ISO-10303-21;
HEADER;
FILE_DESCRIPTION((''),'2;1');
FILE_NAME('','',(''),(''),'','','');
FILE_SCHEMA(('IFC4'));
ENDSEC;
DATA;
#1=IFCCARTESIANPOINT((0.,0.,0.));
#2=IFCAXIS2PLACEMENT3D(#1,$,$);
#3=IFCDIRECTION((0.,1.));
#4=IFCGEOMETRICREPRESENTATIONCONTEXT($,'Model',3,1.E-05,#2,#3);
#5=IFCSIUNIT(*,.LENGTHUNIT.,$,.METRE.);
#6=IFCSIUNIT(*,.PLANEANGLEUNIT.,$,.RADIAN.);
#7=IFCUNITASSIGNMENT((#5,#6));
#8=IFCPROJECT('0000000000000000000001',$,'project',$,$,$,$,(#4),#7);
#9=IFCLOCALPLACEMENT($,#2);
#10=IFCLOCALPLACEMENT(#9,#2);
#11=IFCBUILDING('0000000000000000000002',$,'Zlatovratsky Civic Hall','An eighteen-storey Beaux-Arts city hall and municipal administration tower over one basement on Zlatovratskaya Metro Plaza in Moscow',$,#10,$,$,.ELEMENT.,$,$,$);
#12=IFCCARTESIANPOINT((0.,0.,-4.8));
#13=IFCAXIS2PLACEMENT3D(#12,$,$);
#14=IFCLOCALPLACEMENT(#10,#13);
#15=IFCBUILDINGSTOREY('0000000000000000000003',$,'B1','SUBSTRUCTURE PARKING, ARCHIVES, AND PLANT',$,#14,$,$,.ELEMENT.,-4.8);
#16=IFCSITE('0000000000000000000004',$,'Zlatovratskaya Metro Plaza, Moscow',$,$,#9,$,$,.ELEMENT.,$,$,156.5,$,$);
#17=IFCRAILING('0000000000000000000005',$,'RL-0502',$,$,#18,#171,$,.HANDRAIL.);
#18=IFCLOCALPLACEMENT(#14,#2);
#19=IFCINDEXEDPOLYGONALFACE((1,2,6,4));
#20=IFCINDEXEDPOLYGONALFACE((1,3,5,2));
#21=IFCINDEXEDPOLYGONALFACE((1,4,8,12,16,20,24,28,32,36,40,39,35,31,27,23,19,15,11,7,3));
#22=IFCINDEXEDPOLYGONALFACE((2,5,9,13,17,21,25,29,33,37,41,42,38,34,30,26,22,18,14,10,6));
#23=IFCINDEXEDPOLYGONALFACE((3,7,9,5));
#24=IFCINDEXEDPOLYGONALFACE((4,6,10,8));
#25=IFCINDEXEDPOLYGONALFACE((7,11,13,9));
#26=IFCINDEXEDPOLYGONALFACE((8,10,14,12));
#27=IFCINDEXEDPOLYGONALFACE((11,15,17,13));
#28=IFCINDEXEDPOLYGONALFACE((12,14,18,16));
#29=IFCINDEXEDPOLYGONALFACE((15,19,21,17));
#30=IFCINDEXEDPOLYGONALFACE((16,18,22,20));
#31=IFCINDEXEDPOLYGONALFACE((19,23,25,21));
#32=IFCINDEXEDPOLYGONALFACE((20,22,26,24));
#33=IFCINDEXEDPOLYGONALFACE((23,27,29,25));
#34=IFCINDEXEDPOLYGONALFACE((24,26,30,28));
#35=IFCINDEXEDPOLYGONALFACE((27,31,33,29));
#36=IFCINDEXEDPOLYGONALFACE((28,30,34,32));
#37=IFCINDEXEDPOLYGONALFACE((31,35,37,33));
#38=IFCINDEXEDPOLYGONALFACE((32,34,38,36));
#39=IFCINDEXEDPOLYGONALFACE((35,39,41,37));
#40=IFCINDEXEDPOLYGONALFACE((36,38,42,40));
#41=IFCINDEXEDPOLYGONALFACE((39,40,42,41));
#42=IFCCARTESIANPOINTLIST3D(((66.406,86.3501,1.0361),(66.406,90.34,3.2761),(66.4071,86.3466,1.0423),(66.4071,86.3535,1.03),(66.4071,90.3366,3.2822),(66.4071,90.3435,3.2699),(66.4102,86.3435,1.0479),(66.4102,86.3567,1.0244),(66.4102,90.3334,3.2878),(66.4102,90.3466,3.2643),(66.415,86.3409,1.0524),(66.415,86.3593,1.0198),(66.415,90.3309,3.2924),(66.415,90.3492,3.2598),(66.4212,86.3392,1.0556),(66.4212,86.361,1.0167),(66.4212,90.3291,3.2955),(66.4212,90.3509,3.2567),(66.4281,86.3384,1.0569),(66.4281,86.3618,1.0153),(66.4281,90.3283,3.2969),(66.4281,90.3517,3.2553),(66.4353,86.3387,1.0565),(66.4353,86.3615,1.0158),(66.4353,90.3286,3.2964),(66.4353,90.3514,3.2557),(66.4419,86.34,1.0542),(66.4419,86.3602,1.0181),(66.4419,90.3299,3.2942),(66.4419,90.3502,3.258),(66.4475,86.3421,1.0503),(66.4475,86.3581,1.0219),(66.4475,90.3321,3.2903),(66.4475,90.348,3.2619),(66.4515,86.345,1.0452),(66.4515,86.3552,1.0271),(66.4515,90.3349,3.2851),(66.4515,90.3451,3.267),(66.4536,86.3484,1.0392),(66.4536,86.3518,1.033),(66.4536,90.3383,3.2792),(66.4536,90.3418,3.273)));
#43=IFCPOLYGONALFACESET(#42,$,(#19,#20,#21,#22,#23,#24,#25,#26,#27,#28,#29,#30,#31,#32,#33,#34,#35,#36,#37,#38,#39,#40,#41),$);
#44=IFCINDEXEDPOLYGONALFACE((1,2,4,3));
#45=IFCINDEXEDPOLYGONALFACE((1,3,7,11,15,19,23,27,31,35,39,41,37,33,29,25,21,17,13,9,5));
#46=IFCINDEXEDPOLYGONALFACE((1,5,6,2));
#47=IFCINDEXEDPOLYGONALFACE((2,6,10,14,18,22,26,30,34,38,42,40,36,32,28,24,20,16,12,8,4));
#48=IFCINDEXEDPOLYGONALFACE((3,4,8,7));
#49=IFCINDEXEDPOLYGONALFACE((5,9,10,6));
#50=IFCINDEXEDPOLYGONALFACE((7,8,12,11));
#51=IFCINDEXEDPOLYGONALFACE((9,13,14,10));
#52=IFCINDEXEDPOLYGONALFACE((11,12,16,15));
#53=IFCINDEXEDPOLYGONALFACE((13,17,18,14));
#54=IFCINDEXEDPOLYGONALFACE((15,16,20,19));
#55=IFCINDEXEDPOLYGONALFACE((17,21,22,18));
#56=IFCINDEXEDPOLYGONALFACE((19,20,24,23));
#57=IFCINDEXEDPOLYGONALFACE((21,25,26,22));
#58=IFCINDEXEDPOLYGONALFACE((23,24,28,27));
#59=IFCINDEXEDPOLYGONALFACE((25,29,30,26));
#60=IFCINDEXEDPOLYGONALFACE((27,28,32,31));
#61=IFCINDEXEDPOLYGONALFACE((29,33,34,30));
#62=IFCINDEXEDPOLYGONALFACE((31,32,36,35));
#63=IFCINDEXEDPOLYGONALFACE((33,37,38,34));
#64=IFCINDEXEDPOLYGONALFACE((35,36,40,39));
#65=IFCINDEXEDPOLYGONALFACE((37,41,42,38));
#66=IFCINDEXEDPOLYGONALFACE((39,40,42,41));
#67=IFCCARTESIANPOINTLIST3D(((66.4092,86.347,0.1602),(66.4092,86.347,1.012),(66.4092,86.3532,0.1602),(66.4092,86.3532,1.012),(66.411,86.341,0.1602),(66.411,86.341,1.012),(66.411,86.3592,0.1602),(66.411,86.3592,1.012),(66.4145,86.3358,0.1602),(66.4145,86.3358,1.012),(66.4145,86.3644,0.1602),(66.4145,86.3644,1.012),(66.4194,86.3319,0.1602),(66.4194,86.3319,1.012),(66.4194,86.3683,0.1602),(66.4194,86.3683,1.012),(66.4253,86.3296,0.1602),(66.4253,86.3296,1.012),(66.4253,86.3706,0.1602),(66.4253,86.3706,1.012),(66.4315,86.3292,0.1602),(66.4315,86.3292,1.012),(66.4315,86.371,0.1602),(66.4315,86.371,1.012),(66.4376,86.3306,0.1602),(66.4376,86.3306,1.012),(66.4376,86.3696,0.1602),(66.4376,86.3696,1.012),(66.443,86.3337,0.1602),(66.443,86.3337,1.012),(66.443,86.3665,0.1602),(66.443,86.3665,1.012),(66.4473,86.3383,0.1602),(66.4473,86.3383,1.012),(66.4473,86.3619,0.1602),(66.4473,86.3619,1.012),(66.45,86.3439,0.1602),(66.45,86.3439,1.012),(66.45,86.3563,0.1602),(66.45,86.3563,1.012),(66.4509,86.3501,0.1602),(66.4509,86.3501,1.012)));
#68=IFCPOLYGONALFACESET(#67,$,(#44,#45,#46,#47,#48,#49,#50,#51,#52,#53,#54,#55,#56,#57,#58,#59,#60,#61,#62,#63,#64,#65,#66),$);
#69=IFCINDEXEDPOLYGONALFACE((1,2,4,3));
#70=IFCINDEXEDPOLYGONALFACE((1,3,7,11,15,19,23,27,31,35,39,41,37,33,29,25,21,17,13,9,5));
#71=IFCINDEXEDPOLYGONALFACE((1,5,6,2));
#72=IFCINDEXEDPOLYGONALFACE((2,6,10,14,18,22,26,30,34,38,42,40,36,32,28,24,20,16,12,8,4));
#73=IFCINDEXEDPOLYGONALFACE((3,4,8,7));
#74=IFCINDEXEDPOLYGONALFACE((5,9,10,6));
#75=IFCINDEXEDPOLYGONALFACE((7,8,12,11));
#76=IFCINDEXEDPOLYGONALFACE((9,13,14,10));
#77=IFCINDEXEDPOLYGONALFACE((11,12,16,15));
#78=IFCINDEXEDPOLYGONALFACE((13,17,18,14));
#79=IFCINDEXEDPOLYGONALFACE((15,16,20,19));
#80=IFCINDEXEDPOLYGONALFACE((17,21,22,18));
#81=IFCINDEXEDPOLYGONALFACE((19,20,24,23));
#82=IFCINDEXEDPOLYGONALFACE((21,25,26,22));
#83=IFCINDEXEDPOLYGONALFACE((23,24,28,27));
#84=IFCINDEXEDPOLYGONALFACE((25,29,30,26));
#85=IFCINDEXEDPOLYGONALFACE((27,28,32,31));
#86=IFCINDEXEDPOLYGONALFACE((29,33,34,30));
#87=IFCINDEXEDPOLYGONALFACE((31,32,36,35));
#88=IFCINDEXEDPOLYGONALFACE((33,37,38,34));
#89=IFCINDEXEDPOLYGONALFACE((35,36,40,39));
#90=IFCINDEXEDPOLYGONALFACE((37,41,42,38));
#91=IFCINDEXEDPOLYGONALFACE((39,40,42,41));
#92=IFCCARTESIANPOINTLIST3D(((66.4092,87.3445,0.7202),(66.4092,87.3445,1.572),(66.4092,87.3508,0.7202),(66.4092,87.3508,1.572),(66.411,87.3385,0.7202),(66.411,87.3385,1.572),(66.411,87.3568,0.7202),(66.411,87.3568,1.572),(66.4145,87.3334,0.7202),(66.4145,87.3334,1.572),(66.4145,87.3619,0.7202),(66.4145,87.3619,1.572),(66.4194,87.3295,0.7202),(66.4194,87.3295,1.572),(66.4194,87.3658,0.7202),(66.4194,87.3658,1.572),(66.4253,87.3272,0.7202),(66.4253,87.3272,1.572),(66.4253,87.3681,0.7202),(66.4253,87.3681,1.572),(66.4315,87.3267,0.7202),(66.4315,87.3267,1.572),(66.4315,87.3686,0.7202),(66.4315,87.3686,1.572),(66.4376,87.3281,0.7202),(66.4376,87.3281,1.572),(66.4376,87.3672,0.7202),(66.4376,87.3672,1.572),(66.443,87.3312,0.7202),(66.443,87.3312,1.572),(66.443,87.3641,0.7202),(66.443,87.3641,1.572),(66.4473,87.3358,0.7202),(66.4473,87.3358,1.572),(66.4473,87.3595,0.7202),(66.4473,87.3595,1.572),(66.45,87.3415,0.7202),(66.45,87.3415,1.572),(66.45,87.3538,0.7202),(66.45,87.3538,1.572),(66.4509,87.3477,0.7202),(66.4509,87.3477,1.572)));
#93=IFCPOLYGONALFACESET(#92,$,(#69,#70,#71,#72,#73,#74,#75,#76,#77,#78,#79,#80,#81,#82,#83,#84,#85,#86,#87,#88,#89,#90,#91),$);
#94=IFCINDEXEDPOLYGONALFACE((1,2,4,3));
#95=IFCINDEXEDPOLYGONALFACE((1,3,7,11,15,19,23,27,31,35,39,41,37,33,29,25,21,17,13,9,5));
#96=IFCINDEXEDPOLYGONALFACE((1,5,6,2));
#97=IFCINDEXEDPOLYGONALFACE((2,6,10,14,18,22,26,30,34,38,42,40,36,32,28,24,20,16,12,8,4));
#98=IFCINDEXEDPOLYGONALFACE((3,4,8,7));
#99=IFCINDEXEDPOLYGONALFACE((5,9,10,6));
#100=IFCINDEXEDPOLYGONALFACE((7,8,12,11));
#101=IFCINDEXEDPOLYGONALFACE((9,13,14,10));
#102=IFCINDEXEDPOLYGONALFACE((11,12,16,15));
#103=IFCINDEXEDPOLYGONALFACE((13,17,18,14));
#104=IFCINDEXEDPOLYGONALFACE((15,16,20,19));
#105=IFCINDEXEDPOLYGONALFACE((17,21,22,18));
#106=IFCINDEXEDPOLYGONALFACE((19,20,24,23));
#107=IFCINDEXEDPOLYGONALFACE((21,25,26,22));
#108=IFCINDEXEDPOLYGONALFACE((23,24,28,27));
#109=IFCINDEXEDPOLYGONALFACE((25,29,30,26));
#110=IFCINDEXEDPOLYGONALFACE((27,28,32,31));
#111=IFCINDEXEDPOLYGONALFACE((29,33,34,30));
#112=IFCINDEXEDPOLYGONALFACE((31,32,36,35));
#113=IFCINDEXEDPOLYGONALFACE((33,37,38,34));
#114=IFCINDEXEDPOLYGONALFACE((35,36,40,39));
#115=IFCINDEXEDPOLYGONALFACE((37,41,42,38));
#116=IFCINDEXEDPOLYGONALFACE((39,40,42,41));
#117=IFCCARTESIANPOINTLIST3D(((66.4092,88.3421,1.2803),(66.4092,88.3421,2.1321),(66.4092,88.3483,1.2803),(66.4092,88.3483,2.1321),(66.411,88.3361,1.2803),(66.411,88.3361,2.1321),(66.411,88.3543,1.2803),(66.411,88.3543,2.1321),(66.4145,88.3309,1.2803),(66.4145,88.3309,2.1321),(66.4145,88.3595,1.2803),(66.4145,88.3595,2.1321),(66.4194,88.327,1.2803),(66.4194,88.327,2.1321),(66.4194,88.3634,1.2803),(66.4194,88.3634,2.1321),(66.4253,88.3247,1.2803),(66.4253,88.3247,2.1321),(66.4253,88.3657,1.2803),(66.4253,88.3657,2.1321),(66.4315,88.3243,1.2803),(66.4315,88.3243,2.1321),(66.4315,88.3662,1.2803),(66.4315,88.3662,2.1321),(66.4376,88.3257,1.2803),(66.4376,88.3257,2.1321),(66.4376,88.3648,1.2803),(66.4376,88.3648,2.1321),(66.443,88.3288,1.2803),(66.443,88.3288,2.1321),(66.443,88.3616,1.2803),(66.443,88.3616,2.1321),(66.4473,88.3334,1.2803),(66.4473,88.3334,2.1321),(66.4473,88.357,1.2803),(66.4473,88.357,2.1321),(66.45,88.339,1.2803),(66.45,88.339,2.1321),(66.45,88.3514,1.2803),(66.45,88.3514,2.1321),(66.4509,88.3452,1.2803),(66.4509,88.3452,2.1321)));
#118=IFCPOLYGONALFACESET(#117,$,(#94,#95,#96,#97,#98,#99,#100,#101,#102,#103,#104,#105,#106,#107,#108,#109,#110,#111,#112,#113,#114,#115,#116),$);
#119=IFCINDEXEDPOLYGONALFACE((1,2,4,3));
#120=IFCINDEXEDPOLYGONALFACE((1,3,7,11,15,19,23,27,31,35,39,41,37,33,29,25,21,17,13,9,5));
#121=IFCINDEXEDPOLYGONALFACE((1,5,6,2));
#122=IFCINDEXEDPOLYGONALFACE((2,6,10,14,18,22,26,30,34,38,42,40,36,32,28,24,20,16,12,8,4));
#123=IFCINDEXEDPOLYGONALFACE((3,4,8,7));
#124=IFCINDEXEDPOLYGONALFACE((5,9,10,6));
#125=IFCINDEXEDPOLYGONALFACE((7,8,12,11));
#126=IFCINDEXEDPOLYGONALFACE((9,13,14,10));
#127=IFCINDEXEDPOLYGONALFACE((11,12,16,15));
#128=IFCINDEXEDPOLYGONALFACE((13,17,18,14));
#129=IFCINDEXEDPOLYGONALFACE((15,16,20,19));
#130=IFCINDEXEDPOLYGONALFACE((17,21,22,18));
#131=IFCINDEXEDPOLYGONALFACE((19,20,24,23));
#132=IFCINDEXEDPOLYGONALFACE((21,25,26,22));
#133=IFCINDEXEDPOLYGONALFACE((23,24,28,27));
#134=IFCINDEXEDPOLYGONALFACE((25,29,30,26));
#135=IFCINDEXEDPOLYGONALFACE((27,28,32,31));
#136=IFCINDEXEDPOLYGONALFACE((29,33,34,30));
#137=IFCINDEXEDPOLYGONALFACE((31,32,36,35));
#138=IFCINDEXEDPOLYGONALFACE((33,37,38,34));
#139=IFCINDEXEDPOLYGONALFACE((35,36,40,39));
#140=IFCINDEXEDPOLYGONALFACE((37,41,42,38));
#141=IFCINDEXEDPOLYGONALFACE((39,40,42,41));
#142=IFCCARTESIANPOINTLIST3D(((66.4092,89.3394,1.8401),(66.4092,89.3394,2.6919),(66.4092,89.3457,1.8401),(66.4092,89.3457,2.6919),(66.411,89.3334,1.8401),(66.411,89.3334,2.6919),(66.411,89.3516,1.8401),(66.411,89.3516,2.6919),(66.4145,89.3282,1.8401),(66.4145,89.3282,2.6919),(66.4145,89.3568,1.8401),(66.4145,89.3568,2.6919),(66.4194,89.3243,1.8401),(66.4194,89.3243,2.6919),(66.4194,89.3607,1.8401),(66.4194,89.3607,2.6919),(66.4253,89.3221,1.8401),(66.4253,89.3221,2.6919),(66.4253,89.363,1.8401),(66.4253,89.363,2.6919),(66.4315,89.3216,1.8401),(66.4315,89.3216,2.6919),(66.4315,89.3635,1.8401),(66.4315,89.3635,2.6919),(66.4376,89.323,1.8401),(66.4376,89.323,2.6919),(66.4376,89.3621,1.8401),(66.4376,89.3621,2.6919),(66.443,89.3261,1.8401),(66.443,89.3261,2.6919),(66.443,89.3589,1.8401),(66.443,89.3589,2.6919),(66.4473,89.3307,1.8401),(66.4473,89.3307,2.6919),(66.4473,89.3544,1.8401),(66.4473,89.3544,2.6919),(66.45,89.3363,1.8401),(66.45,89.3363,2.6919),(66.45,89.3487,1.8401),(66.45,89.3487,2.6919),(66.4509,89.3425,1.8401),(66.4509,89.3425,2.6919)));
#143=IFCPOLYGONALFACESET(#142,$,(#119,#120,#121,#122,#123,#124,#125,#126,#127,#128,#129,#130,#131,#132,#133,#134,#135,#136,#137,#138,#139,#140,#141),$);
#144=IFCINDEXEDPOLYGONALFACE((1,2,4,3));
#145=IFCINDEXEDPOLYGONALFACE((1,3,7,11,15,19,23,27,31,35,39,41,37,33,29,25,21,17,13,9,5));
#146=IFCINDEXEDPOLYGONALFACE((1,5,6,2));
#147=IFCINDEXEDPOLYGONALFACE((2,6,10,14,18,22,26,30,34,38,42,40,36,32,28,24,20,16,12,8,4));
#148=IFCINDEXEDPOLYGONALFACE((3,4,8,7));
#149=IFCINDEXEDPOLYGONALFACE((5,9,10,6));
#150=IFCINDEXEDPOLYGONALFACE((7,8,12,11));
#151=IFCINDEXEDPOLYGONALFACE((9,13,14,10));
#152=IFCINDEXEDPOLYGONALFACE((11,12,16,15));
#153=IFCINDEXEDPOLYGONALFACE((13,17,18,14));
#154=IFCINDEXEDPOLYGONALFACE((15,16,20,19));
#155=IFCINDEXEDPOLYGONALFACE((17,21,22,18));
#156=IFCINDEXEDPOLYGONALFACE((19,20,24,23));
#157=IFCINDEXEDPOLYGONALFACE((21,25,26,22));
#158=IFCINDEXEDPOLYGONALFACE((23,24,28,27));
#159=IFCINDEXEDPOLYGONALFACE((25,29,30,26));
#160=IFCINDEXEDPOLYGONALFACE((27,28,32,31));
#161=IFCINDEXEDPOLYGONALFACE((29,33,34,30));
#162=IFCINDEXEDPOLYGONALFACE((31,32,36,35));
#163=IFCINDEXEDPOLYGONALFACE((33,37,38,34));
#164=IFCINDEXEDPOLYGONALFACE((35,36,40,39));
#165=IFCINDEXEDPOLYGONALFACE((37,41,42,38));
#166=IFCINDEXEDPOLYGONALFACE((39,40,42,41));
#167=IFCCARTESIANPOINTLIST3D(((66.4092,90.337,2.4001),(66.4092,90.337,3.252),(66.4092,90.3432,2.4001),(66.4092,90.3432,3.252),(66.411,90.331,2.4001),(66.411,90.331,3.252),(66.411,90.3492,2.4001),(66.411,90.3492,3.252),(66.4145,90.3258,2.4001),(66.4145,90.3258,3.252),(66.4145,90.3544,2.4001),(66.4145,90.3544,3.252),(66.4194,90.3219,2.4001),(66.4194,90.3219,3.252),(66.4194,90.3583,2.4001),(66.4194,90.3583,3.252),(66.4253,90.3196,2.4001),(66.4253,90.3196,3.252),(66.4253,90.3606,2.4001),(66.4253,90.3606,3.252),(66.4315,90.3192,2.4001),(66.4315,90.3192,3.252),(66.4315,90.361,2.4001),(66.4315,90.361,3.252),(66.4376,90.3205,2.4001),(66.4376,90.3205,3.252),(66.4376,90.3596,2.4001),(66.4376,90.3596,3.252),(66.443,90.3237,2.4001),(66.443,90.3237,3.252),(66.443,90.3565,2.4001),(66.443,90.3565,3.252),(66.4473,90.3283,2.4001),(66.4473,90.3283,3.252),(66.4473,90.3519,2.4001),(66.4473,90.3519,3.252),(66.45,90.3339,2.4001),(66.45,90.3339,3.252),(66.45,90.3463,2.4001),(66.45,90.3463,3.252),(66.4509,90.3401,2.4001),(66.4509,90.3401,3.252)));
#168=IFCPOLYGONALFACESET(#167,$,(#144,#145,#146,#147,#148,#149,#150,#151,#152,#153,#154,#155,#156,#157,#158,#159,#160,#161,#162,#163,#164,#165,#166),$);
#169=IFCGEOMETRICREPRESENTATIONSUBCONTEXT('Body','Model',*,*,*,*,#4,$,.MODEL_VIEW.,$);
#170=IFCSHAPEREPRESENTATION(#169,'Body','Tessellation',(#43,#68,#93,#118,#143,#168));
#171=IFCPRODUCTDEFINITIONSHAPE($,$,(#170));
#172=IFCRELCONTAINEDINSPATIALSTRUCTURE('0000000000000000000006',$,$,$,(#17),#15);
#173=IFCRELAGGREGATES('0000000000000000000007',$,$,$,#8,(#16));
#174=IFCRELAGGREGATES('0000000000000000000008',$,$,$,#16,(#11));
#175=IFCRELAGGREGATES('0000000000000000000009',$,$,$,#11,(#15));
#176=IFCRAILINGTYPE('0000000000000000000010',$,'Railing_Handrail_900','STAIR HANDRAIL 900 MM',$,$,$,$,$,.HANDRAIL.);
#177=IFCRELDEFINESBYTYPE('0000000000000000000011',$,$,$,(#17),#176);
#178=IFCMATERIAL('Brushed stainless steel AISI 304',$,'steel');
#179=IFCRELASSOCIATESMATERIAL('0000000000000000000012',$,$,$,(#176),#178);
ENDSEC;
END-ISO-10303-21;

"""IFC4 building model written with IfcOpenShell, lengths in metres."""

from ifc_helpers import new_model, si_unit, direction, frame, origin, origin_2d, place, context, subcontext, project, spatial, circle, extrude, material, type_object, element, save


model = new_model("IFC4")

# Units and contexts
model_context = context("Model", 3, precision=1e-05, world=origin(), true_north=direction((0.0, 1.0)))
body_context = subcontext(model_context, "Body", "Model", "MODEL_VIEW")
ifc_project = project(units=[si_unit("LENGTHUNIT", "METRE"), si_unit("PLANEANGLEUNIT", "RADIAN")], contexts=[model_context])

# Site, building, storey
site_placement = place(None, origin())
site = spatial("IfcSite", under=ifc_project, at=site_placement, Name="Zlatovratskaya Metro Plaza, Moscow", CompositionType="ELEMENT", RefElevation=156.5)
building_placement = place(site_placement, origin())
building = spatial("IfcBuilding", under=site, at=building_placement, Name="Zlatovratsky Civic Hall", Description="An eighteen-storey Beaux-Arts city hall and municipal administration tower over one basement on Zlatovratskaya Metro Plaza in Moscow", CompositionType="ELEMENT")
storey_placement = place(building_placement, frame((0.0, 0.0, -4.8)))
storey = spatial("IfcBuildingStorey", under=building, at=storey_placement, Name="B1", Description="SUBSTRUCTURE PARKING, ARCHIVES, AND PLANT", CompositionType="ELEMENT", Elevation=-4.8)

# Railing
ifc_material_1 = material(Name="Brushed stainless steel AISI 304", Category="steel")
railing_type_1 = type_object("IfcRailingType", Name="Railing_Handrail_900", Description="STAIR HANDRAIL 900 MM", PredefinedType="HANDRAIL", material=ifc_material_1)
railing_1_placement = place(storey_placement, frame((66.4299, 86.3501, 0.1602)))
element("IfcRailing", 1, at=railing_1_placement, inside=storey, type_object=railing_type_1, Name="RL-0502", PredefinedType="HANDRAIL", context=body_context, shape_type="SweptSolid", body=[
    extrude(circle(Radius=0.0239, at=origin_2d()), frame((0.0, 0.0, 0.876), z_axis=(0.0, 0.871984, 0.489534), x_axis=(-1.0, 0.0, 0.0)), (0.0, 0.0, 1.0), 4.5757),
    extrude(circle(Radius=0.021, at=origin_2d()), origin(), (0.0, 0.0, 1.0), 0.8518),
    extrude(circle(Radius=0.021, at=origin_2d()), frame((0.0, 0.9976, 0.5601)), (0.0, 0.0, 1.0), 0.8518),
    extrude(circle(Radius=0.021, at=origin_2d()), frame((0.0, 1.9951, 1.1201)), (0.0, 0.0, 1.0), 0.8518),
    extrude(circle(Radius=0.021, at=origin_2d()), frame((0.0, 2.9924, 1.6799)), (0.0, 0.0, 1.0), 0.8518),
    extrude(circle(Radius=0.021, at=origin_2d()), frame((0.0, 3.99, 2.24)), (0.0, 0.0, 1.0), 0.8518),
])

save(model, "model.ifc")
